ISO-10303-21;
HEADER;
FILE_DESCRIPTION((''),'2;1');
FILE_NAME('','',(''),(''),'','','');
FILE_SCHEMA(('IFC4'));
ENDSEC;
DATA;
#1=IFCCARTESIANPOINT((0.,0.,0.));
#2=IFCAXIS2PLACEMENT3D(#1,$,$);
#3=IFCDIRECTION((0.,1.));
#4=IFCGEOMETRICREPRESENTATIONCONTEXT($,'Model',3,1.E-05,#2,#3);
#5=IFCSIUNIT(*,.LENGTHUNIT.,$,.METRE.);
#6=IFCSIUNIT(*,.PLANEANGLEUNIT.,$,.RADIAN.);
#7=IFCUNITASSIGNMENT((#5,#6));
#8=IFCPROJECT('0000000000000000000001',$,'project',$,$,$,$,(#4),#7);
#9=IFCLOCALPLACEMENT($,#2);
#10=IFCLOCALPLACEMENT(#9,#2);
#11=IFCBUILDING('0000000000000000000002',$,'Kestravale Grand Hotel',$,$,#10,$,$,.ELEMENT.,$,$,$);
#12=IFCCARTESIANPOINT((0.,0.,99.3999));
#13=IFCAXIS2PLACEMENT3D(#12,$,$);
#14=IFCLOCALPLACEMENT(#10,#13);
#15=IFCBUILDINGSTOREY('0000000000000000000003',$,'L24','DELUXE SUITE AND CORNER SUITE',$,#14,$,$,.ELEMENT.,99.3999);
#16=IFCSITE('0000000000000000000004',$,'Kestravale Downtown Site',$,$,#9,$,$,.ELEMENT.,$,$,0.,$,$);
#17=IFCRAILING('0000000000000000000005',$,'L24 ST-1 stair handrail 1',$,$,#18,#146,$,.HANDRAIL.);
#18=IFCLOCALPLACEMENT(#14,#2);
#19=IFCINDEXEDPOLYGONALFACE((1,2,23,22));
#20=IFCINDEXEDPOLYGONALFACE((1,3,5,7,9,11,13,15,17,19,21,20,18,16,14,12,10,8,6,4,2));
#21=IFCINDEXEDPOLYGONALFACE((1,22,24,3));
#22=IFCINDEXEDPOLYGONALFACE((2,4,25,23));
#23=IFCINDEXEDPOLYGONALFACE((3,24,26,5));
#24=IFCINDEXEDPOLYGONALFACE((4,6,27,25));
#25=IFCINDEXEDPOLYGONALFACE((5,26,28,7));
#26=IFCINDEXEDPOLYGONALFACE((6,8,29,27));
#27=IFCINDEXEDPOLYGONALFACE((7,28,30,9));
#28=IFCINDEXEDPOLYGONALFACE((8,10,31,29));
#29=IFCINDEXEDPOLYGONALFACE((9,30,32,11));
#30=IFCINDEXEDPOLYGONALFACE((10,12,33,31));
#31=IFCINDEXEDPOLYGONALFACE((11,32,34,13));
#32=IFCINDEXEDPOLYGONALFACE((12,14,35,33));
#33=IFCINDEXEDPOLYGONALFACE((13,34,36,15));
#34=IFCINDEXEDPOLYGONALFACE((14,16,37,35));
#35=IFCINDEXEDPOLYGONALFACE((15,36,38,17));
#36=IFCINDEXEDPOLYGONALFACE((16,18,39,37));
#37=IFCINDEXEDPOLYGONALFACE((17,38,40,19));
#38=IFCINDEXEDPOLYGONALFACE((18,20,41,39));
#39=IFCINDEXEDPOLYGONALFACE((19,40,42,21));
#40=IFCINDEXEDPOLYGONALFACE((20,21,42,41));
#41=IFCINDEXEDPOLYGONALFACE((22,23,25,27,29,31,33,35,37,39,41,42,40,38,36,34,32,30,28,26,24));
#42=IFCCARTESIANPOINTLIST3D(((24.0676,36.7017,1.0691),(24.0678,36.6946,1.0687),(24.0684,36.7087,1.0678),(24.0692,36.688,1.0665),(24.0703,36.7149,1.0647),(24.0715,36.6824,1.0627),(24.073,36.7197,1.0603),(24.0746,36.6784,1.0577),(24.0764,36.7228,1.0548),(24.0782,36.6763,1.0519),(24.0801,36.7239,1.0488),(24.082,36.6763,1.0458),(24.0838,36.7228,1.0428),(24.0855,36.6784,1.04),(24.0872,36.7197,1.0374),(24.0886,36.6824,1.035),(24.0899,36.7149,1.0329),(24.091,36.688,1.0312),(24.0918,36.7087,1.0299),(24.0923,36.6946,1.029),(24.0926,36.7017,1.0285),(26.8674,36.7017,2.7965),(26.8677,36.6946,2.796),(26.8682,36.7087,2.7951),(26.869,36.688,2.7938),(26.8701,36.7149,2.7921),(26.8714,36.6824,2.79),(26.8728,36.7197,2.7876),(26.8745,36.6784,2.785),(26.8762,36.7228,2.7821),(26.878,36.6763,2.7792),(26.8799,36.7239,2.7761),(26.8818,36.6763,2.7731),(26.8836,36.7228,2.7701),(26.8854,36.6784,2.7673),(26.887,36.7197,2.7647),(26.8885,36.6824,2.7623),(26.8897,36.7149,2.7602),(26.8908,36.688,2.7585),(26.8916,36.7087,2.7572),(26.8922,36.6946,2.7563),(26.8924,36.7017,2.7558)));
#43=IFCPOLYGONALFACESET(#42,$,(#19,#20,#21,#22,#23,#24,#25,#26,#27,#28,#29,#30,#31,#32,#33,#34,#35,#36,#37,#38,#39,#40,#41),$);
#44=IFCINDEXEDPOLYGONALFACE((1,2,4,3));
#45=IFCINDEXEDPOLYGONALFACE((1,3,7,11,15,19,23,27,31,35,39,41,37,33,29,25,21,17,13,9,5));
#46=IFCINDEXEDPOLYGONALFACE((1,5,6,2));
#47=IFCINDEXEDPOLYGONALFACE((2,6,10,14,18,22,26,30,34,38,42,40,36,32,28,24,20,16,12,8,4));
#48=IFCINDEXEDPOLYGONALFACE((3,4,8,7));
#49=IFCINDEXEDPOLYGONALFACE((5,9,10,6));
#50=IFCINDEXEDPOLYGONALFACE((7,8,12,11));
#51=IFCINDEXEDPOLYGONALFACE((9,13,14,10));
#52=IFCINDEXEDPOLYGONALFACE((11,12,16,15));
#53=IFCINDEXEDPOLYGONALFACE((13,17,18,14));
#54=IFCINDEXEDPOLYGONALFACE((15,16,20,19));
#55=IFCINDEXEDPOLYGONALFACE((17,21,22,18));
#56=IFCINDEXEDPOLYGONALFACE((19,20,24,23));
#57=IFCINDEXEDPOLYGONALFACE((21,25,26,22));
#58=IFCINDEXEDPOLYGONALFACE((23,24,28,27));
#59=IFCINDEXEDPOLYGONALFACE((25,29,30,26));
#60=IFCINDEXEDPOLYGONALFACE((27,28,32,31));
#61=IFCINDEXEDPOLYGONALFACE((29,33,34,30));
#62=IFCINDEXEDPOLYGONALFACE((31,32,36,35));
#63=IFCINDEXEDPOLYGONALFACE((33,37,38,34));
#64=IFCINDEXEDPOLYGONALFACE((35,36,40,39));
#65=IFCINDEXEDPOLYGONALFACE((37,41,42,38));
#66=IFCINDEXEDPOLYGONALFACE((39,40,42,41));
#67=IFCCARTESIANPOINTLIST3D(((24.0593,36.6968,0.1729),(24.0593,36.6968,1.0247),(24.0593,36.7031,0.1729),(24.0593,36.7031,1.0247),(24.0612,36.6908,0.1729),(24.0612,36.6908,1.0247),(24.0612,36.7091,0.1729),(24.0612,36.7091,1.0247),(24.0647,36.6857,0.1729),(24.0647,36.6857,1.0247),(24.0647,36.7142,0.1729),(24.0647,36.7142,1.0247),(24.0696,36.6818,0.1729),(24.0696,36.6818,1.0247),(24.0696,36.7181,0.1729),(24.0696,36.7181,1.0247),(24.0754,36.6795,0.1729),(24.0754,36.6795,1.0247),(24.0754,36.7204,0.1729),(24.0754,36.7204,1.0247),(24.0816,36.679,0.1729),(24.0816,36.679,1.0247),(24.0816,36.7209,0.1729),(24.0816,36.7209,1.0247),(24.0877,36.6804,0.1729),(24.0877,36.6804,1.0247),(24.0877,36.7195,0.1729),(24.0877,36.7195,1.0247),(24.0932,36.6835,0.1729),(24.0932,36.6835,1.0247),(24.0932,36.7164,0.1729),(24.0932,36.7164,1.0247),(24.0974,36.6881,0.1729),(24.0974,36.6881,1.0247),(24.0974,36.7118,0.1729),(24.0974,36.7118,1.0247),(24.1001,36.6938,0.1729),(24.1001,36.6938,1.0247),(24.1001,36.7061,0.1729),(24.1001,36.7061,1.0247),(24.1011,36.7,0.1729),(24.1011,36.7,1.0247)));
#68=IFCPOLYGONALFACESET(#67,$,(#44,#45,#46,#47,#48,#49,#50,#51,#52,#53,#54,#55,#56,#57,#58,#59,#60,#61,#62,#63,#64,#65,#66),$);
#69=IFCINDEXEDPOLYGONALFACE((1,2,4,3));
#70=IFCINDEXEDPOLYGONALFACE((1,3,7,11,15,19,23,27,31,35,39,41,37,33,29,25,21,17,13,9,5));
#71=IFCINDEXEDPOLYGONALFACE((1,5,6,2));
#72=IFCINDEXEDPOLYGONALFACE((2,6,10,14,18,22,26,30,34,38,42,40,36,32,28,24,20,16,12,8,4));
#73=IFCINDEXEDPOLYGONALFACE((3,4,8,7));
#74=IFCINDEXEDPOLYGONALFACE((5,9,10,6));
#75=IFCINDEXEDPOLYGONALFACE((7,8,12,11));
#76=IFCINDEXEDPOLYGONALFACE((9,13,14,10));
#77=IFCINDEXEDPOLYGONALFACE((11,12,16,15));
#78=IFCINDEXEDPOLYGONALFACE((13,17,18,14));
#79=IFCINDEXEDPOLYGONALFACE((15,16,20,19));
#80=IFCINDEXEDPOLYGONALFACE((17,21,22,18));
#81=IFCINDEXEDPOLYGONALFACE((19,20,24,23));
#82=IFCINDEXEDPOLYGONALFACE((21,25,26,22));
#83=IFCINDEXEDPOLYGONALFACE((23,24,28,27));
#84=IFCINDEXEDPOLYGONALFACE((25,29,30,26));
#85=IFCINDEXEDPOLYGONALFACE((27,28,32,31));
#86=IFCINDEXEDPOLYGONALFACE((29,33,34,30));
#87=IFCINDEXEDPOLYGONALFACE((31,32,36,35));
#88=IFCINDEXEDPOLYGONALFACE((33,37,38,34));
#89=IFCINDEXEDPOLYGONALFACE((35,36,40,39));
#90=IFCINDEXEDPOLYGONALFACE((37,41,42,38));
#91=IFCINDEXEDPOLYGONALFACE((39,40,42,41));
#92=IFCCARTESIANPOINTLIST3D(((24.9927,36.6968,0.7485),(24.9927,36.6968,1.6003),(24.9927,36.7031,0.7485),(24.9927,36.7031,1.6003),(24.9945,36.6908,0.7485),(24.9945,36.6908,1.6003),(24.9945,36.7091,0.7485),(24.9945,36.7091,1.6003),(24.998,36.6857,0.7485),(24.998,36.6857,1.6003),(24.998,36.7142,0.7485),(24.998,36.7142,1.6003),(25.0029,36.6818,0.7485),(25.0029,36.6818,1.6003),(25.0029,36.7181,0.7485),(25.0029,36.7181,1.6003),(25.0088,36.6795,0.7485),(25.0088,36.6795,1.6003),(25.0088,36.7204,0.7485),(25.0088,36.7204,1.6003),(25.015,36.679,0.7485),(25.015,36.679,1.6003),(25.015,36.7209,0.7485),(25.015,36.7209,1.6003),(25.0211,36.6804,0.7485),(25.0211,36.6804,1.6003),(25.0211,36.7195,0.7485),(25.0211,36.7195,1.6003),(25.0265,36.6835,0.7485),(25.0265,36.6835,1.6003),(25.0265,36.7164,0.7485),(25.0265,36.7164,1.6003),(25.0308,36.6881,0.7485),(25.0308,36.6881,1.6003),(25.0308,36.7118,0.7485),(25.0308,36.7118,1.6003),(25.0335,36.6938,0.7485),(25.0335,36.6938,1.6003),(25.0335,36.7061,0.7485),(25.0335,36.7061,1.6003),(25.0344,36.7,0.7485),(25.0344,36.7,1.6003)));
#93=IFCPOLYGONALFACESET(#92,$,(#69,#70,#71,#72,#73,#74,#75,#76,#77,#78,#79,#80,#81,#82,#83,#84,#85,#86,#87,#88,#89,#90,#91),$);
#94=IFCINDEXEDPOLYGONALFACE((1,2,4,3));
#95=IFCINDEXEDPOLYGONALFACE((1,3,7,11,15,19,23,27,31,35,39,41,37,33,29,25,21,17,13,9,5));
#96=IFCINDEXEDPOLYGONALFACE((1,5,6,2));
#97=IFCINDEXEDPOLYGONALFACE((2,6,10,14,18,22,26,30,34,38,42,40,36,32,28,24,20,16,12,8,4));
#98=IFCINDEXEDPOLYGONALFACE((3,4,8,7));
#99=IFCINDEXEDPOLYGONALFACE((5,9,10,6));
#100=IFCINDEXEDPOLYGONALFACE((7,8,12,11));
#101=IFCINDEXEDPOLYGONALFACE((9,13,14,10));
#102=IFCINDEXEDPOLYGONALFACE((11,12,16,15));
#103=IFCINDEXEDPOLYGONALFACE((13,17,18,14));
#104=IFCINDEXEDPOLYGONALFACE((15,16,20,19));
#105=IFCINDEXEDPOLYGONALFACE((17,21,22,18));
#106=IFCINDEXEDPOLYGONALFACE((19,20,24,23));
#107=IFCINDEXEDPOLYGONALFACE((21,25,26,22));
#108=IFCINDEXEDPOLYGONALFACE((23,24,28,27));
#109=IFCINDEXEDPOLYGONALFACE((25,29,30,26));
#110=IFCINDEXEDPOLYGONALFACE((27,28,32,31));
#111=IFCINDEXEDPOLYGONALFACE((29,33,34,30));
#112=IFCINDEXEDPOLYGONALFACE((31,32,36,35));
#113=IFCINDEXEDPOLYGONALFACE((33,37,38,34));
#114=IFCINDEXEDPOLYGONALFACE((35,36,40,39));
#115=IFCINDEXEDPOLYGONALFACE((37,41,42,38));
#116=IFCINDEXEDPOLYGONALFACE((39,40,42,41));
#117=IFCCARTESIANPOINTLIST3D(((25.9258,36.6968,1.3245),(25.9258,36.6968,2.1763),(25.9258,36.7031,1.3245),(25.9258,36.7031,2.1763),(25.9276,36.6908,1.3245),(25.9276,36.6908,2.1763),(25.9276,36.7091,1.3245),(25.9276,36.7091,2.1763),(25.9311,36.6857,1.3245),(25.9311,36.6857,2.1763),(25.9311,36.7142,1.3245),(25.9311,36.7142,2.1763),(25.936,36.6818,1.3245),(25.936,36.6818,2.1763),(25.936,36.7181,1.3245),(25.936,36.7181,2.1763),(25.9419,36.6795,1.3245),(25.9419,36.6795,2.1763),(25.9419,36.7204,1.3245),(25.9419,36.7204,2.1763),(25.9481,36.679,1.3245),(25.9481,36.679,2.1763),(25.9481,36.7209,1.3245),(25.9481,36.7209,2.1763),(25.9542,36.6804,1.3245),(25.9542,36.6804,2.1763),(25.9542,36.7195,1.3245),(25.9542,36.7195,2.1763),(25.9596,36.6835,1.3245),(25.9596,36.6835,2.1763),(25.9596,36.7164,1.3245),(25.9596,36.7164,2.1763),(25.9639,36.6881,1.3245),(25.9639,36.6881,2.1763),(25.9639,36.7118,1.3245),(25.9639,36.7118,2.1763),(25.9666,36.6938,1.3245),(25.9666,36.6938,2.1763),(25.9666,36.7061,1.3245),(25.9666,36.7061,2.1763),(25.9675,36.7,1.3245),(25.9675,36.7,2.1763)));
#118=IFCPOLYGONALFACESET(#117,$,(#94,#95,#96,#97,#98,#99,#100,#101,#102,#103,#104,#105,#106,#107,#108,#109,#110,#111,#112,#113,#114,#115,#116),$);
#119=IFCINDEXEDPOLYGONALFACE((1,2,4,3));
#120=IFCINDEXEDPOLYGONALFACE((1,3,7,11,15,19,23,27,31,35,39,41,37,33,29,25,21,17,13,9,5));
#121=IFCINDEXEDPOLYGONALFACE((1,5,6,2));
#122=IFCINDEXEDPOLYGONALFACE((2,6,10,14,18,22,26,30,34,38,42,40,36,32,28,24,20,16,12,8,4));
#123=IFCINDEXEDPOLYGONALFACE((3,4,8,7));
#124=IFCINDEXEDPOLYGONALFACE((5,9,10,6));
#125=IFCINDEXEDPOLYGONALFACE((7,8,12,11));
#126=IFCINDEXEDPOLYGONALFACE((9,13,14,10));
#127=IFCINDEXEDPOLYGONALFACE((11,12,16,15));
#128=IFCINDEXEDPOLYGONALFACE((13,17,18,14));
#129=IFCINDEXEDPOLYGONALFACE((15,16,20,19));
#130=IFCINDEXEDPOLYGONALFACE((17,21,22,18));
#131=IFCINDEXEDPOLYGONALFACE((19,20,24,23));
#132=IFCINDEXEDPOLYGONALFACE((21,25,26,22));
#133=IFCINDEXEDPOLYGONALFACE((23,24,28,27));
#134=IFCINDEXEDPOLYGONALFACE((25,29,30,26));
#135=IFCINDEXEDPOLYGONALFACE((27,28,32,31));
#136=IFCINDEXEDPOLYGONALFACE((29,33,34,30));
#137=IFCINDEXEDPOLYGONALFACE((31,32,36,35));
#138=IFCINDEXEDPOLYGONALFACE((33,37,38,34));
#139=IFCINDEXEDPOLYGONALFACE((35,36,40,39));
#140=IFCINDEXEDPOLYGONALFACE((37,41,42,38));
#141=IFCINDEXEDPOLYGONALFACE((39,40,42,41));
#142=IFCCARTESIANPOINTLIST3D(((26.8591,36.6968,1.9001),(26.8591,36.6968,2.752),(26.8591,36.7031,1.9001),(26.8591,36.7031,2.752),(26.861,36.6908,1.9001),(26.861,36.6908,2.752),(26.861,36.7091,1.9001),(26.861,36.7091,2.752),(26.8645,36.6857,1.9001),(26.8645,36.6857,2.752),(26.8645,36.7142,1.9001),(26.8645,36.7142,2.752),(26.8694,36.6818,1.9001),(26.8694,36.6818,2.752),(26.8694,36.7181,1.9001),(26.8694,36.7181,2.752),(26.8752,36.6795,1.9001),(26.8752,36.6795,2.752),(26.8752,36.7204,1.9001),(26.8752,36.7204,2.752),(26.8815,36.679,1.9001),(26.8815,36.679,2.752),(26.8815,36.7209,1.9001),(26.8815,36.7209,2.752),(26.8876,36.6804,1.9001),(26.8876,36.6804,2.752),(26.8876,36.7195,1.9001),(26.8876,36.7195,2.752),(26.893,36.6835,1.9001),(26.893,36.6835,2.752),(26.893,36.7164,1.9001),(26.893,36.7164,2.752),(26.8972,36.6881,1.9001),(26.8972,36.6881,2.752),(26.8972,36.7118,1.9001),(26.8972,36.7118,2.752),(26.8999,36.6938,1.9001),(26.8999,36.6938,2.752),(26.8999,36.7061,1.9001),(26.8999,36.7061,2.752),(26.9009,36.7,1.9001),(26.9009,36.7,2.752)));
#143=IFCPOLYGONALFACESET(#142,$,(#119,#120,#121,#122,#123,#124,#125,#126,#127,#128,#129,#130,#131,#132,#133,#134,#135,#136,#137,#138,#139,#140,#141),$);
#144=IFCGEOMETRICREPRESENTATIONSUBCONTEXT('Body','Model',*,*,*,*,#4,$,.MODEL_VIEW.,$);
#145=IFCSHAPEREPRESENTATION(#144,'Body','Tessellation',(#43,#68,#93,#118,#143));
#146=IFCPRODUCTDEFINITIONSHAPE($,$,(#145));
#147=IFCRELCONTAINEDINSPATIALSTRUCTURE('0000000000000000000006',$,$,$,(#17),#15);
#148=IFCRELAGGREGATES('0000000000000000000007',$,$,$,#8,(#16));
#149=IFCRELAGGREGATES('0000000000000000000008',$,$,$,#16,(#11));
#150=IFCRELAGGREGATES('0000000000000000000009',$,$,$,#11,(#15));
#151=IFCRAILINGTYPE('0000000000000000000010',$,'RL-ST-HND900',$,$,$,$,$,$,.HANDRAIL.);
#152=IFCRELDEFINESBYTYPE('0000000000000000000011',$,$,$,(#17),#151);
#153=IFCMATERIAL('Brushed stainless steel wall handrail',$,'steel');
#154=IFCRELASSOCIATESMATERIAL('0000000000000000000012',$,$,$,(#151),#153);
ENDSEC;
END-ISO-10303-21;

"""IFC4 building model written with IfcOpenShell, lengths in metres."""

from ifc_helpers import new_model, si_unit, direction, frame, origin, origin_2d, place, context, subcontext, project, spatial, circle, extrude, material, type_object, element, save


model = new_model("IFC4")

# Units and contexts
model_context = context("Model", 3, precision=1e-05, world=origin(), true_north=direction((0.0, 1.0)))
body_context = subcontext(model_context, "Body", "Model", "MODEL_VIEW")
ifc_project = project(units=[si_unit("LENGTHUNIT", "METRE"), si_unit("PLANEANGLEUNIT", "RADIAN")], contexts=[model_context])

# Site, building, storey
site_placement = place(None, origin())
site = spatial("IfcSite", under=ifc_project, at=site_placement, Name="Kestravale Downtown Site", CompositionType="ELEMENT", RefElevation=0.0)
building_placement = place(site_placement, origin())
building = spatial("IfcBuilding", under=site, at=building_placement, Name="Kestravale Grand Hotel", CompositionType="ELEMENT")
storey_placement = place(building_placement, frame((0.0, 0.0, 99.3999)))
storey = spatial("IfcBuildingStorey", under=building, at=storey_placement, Name="L24", Description="DELUXE SUITE AND CORNER SUITE", CompositionType="ELEMENT", Elevation=99.3999)

# Railing
ifc_material_1 = material(Name="Brushed stainless steel wall handrail", Category="steel")
railing_type_1 = type_object("IfcRailingType", Name="RL-ST-HND900", PredefinedType="HANDRAIL", material=ifc_material_1)
railing_1_placement = place(storey_placement, frame((24.0801, 36.7, 0.1729)))
element("IfcRailing", 1, at=railing_1_placement, inside=storey, type_object=railing_type_1, Name="L24 ST-1 stair handrail 1", PredefinedType="HANDRAIL", context=body_context, shape_type="SweptSolid", body=[
    extrude(circle(Radius=0.0239, at=origin_2d()), frame((0.0, 0.0, 0.876), z_axis=(0.851069, 0.0, 0.525054), x_axis=(0.0, 1.0, 0.0)), (0.0, 0.0, 1.0), 3.2898),
    extrude(circle(Radius=0.021, at=origin_2d()), origin(), (0.0, 0.0, 1.0), 0.8518),
    extrude(circle(Radius=0.021, at=origin_2d()), frame((0.9333, 0.0, 0.5757)), (0.0, 0.0, 1.0), 0.8518),
    extrude(circle(Radius=0.021, at=origin_2d()), frame((1.8665, 0.0, 1.1516)), (0.0, 0.0, 1.0), 0.8518),
    extrude(circle(Radius=0.021, at=origin_2d()), frame((2.7998, 0.0, 1.7273)), (0.0, 0.0, 1.0), 0.8518),
])

save(model, "model.ifc")
